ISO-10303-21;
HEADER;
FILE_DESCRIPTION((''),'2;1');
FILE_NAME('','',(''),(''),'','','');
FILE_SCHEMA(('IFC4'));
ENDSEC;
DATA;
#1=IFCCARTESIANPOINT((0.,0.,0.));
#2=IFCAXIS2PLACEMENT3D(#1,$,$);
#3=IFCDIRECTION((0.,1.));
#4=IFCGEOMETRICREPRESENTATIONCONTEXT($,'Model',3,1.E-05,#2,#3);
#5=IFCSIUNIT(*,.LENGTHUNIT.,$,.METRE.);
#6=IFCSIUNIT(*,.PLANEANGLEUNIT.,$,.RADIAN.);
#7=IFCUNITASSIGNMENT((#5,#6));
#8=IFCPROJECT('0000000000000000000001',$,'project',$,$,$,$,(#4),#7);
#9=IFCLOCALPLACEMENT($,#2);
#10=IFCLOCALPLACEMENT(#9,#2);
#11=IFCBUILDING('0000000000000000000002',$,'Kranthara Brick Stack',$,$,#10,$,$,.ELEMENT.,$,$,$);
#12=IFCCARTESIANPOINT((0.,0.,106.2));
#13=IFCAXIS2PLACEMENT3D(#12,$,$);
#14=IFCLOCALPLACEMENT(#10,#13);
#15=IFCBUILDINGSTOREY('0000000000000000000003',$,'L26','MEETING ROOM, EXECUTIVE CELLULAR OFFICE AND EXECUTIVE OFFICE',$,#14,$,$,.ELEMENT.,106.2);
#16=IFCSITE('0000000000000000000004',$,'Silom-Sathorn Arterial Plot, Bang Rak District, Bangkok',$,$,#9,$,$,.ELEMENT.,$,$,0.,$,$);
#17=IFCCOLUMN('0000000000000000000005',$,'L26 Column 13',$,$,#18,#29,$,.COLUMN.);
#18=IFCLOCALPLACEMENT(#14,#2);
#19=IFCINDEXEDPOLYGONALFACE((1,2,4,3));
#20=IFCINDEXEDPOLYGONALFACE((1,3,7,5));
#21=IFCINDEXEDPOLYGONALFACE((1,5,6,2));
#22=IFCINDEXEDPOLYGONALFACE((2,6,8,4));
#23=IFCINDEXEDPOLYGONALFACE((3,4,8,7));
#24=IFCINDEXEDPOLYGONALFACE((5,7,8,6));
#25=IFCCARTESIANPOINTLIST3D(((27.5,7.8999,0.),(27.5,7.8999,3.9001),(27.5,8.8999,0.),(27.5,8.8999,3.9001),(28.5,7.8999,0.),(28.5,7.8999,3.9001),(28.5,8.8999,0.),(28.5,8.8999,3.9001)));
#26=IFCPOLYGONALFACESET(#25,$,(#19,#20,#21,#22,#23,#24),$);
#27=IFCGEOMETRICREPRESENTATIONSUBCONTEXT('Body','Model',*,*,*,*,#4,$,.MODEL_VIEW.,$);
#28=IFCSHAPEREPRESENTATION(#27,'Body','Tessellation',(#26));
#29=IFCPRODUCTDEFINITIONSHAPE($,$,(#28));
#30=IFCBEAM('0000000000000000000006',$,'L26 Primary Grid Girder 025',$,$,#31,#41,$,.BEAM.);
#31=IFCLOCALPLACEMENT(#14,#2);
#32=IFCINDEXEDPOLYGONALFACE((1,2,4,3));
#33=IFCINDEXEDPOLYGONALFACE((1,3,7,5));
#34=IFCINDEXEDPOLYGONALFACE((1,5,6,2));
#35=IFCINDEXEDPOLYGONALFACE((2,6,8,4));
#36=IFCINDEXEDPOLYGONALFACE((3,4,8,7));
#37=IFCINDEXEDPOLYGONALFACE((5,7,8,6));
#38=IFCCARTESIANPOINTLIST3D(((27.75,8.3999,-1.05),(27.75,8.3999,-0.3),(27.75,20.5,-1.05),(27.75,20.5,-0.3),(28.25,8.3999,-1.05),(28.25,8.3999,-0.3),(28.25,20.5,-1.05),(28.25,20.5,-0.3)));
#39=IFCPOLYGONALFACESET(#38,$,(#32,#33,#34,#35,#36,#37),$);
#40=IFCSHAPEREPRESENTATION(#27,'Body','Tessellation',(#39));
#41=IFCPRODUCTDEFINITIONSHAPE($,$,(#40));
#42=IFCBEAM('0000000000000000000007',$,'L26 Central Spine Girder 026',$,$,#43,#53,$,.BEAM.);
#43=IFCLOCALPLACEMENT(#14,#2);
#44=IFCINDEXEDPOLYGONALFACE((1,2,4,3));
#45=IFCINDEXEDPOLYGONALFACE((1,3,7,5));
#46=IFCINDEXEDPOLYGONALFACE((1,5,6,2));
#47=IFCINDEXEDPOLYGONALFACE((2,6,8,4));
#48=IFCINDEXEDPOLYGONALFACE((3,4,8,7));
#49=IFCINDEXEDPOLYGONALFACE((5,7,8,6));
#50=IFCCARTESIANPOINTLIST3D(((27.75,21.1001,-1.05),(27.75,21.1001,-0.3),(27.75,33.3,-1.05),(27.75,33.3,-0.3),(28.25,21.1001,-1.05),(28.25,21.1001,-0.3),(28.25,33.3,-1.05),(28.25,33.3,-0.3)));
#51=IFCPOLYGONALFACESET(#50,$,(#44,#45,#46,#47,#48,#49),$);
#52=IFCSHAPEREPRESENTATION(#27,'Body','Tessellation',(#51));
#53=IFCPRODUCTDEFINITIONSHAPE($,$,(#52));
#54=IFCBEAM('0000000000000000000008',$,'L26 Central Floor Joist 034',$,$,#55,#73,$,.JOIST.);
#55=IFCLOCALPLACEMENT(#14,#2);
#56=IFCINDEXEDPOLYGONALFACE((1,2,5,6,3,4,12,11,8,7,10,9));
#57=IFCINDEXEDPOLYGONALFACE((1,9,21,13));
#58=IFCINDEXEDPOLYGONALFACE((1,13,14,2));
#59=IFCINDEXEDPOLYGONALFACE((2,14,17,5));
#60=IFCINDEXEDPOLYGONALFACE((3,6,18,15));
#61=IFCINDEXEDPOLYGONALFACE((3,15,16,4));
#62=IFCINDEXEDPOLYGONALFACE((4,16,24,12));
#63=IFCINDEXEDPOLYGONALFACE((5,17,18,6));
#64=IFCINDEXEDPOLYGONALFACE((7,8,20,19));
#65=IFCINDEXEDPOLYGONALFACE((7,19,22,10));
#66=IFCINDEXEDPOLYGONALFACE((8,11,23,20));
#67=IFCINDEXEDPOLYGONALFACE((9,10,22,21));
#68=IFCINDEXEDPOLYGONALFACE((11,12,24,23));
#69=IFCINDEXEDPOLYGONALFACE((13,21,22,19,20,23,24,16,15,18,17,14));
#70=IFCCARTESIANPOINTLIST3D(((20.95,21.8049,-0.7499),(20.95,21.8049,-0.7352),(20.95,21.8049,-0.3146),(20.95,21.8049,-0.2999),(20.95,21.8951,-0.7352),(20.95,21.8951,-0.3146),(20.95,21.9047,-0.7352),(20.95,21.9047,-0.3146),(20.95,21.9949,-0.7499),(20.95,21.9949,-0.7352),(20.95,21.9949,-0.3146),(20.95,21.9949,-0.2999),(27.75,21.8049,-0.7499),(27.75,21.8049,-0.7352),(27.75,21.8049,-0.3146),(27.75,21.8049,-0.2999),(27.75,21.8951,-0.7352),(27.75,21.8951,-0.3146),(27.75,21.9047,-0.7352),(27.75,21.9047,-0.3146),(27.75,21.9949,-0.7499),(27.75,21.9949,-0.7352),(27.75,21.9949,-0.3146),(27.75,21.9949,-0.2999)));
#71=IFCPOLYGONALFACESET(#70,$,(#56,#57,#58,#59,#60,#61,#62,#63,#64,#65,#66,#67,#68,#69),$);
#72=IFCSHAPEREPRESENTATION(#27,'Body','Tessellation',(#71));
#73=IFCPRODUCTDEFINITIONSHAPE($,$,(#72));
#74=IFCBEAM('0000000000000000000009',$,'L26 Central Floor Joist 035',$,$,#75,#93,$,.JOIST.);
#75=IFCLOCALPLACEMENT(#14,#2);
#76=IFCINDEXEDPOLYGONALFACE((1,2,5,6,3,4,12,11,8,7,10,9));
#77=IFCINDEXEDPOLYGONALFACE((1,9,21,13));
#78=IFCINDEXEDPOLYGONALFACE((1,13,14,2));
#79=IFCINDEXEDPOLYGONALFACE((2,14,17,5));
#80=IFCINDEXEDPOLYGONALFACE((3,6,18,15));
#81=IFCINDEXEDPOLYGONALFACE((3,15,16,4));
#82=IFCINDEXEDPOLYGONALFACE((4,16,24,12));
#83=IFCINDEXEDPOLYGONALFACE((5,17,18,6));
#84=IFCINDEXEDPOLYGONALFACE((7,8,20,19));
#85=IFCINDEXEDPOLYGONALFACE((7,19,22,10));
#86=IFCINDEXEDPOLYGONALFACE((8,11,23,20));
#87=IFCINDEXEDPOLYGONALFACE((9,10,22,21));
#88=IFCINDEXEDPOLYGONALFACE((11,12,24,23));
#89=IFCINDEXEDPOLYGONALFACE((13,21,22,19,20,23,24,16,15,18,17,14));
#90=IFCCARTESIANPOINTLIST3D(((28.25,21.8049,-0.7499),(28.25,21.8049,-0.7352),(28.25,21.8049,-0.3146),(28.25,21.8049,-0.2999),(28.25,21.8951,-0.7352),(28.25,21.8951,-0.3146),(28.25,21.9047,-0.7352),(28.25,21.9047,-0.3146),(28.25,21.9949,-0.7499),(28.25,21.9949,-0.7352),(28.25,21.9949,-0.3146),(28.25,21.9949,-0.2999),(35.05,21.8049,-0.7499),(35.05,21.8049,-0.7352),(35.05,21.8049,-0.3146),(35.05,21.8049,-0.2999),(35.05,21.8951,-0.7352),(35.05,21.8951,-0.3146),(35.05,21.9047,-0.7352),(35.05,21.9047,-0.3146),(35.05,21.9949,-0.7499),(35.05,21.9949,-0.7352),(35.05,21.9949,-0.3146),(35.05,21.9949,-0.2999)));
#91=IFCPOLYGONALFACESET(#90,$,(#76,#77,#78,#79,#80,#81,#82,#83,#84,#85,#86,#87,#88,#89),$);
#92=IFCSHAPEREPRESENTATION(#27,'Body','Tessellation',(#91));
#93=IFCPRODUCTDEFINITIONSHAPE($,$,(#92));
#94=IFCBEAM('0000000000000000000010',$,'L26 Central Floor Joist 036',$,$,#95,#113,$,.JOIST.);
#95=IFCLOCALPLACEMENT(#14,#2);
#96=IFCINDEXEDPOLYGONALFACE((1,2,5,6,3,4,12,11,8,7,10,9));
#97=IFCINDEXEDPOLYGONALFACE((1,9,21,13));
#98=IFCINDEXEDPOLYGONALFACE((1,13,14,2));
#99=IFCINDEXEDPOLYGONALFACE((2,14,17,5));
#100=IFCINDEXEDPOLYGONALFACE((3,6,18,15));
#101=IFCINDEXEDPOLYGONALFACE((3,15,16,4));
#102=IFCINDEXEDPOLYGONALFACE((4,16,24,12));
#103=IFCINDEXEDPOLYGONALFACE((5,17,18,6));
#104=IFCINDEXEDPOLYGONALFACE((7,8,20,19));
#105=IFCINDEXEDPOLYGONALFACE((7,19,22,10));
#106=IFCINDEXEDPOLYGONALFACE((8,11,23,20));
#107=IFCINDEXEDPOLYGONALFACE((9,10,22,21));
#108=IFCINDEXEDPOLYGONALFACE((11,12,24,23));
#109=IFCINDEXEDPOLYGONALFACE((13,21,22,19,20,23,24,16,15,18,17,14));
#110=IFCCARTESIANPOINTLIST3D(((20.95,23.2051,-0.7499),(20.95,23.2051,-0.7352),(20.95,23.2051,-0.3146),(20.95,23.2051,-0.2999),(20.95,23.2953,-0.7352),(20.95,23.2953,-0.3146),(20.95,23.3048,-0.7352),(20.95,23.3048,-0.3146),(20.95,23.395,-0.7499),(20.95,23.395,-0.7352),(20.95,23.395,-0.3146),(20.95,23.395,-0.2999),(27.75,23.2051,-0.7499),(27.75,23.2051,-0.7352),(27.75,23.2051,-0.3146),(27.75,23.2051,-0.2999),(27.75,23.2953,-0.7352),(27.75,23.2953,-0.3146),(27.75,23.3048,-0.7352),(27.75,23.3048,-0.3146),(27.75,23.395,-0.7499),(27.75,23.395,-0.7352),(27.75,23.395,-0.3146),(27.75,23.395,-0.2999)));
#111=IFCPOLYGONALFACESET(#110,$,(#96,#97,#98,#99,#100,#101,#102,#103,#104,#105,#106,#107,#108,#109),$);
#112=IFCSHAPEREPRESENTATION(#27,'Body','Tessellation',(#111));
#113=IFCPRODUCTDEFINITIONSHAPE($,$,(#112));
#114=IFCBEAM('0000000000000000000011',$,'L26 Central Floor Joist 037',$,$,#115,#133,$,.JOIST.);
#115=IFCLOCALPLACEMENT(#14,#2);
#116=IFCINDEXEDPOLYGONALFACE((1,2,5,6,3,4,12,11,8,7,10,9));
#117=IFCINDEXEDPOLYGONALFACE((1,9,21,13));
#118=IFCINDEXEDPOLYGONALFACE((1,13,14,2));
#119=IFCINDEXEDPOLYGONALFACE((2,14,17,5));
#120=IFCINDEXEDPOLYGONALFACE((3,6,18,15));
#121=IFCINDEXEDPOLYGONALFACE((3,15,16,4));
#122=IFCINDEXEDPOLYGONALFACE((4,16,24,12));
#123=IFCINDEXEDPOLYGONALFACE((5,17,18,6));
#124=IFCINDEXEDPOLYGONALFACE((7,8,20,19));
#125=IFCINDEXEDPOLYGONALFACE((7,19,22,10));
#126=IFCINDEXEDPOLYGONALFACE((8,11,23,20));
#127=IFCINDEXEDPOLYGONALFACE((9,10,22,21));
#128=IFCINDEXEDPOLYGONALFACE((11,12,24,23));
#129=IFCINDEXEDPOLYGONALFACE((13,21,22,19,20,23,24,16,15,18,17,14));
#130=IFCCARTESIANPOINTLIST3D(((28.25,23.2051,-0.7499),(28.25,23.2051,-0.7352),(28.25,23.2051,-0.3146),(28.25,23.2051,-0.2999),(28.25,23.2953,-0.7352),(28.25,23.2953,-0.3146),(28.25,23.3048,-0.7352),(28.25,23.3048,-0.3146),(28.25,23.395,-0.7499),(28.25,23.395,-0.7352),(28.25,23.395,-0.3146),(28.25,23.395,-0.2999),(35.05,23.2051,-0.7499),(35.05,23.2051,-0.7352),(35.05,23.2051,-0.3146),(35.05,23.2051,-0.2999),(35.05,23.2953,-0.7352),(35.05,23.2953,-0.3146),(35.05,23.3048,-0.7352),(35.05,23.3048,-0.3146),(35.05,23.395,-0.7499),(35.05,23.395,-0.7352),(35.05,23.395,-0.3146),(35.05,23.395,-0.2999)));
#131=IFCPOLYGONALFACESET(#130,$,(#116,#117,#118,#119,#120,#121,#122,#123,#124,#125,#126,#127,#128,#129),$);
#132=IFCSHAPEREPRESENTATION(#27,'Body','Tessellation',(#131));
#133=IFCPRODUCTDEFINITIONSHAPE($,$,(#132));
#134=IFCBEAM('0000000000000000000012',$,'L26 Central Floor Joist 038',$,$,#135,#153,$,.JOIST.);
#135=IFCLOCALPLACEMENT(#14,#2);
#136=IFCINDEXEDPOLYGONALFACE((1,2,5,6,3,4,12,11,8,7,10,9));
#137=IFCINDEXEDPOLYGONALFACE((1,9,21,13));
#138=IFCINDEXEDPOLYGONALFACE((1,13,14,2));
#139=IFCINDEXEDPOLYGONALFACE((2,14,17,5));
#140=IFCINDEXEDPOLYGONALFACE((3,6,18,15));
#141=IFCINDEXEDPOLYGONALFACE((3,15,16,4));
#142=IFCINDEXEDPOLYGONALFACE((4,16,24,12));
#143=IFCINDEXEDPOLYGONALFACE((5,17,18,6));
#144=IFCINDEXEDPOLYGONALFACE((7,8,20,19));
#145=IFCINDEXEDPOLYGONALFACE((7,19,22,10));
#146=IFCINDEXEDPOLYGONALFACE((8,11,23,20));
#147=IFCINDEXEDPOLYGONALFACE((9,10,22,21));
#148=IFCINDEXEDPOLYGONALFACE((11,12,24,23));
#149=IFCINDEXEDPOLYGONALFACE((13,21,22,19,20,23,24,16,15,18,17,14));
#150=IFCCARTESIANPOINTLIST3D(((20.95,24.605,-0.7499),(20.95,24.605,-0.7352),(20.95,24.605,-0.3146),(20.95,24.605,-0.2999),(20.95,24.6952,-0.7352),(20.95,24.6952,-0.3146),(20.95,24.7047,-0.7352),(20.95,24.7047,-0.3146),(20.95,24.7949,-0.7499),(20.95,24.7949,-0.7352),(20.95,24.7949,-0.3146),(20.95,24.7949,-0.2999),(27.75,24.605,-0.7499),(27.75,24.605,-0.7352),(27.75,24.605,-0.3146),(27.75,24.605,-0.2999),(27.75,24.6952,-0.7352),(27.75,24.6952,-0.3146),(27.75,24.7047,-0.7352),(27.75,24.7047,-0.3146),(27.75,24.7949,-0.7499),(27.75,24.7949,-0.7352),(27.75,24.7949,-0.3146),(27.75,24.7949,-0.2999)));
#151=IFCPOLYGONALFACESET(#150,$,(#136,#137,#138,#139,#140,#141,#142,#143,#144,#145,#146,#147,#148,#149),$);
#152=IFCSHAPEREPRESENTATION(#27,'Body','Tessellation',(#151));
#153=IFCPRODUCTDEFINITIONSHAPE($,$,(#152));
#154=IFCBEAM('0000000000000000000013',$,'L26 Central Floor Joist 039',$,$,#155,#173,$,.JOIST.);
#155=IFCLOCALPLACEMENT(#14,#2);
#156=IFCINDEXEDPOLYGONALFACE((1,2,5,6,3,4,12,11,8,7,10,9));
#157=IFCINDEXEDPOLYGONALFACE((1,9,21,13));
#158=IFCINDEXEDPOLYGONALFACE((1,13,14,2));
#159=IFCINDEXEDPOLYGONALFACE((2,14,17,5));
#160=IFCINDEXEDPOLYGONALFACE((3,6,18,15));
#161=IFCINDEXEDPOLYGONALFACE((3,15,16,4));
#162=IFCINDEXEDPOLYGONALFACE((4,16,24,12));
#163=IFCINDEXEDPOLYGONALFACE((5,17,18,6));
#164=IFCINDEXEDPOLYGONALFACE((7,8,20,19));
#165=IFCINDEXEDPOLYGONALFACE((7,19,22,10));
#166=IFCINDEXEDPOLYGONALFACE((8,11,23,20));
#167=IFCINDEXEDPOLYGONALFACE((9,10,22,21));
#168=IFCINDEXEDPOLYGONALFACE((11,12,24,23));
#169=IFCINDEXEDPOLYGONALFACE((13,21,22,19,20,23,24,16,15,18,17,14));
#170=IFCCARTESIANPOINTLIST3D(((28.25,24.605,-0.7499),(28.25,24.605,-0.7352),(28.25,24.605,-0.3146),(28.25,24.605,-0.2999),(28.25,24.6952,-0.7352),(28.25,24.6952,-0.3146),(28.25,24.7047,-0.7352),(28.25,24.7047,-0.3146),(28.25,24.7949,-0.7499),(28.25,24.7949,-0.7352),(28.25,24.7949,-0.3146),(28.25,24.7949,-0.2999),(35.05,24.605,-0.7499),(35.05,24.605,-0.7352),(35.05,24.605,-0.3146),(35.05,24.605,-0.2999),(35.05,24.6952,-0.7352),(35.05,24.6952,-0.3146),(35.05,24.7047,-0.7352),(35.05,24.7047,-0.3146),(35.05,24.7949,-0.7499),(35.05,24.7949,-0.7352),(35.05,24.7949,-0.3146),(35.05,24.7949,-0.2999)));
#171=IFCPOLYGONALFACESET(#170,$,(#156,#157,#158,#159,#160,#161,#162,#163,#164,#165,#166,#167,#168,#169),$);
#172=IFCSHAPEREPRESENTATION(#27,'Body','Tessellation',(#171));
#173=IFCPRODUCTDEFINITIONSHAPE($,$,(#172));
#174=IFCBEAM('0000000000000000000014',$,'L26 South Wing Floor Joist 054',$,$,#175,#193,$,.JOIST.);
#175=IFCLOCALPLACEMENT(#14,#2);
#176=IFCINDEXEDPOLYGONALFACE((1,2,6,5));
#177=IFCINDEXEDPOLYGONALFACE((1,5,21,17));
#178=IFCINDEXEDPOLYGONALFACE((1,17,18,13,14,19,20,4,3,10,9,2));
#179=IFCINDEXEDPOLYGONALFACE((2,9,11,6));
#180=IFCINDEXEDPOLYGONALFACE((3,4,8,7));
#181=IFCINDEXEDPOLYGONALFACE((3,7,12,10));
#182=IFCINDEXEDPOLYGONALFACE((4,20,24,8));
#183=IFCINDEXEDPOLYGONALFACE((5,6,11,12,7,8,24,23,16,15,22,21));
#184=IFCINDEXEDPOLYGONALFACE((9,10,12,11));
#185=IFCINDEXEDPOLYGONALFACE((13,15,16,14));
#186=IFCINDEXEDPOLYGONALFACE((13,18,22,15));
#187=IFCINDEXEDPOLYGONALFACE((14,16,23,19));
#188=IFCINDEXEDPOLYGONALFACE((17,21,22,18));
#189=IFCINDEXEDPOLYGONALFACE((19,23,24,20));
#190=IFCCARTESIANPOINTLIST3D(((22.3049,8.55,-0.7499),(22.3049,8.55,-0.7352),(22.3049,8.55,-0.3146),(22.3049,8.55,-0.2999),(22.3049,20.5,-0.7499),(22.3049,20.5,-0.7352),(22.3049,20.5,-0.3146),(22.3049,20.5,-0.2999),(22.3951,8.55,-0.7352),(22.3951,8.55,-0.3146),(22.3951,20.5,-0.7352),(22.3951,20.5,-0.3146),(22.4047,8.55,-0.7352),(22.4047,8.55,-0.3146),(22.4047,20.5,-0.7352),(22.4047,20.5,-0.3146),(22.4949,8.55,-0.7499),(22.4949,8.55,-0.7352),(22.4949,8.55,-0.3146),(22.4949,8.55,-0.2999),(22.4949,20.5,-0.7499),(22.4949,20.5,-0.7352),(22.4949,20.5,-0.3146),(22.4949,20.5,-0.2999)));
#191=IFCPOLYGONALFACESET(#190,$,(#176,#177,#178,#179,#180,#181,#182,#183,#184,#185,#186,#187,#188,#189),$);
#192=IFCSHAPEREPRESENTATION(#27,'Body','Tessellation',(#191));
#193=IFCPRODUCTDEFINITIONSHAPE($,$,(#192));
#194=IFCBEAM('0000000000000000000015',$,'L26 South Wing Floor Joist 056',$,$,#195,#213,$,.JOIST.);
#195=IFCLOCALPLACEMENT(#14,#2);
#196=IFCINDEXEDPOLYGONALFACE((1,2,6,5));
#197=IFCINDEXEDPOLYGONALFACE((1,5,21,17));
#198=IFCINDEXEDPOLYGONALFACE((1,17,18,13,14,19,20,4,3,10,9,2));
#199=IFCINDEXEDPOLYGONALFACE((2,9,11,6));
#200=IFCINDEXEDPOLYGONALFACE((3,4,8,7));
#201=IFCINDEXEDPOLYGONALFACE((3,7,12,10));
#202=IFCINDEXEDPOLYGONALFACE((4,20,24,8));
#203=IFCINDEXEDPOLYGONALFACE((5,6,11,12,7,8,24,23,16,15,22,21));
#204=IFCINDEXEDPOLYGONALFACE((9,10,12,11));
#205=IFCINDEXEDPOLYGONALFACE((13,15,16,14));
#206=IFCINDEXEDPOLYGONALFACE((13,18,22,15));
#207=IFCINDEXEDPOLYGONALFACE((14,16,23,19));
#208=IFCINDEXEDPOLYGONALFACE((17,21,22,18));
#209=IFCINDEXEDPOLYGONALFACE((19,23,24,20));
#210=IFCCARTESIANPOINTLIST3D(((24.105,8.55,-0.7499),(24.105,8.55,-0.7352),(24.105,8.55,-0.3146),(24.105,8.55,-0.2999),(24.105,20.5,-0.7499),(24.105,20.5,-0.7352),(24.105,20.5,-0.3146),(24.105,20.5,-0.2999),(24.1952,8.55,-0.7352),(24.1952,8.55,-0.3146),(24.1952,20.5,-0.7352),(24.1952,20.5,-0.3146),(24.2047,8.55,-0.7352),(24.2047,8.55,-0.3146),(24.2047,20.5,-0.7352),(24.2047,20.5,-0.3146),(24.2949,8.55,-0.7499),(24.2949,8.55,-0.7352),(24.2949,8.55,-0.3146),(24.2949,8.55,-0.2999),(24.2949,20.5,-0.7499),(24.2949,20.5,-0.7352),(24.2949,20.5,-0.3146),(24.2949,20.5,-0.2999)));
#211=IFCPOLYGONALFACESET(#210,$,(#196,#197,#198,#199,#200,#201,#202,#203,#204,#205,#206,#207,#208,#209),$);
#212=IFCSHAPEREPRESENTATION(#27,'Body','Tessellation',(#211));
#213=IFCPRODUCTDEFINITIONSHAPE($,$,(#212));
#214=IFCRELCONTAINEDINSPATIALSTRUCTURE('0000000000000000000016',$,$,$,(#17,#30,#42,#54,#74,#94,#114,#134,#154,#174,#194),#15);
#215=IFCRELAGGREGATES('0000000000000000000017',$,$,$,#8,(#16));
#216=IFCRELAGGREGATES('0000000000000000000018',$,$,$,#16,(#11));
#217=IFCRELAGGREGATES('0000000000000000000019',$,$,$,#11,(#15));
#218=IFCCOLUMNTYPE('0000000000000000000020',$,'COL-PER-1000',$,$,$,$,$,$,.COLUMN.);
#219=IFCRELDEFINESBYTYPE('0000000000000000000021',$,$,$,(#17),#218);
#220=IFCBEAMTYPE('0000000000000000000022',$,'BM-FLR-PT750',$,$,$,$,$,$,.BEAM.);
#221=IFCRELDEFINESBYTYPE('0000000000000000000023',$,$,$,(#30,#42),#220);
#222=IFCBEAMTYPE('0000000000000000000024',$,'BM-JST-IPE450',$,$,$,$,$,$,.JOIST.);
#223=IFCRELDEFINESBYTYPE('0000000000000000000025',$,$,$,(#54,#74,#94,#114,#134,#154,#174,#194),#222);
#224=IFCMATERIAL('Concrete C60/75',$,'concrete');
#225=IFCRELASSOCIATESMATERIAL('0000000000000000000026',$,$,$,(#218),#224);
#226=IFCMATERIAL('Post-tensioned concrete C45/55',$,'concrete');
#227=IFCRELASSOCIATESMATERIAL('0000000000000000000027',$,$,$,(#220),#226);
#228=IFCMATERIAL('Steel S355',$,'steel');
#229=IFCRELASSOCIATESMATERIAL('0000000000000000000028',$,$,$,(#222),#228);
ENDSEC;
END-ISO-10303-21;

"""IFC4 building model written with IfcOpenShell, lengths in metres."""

from ifc_helpers import new_model, si_unit, direction, frame, origin, origin_2d, place, context, subcontext, project, spatial, rectangle, i_section, extrude, material, material_profile, profile_set, type_object, element, save


model = new_model("IFC4")

# Units and contexts
model_context = context("Model", 3, precision=1e-05, world=origin(), true_north=direction((0.0, 1.0)))
body_context = subcontext(model_context, "Body", "Model", "MODEL_VIEW")
ifc_project = project(units=[si_unit("LENGTHUNIT", "METRE"), si_unit("PLANEANGLEUNIT", "RADIAN")], contexts=[model_context])

# Site, building, storey
site_placement = place(None, origin())
site = spatial("IfcSite", under=ifc_project, at=site_placement, Name="Silom-Sathorn Arterial Plot, Bang Rak District, Bangkok", CompositionType="ELEMENT", RefElevation=0.0)
building_placement = place(site_placement, origin())
building = spatial("IfcBuilding", under=site, at=building_placement, Name="Kranthara Brick Stack", CompositionType="ELEMENT")
storey_placement = place(building_placement, frame((0.0, 0.0, 106.2)))
storey = spatial("IfcBuildingStorey", under=building, at=storey_placement, Name="L26", Description="MEETING ROOM, EXECUTIVE CELLULAR OFFICE AND EXECUTIVE OFFICE", CompositionType="ELEMENT", Elevation=106.2)

# Column
ifc_material_1 = material(Name="Concrete C60/75", Category="concrete")
ifc_material_profile_1 = material_profile(ifc_material_1, rectangle(XDim=1.0, YDim=1.0, at=origin_2d()), Name="RC 1000x1000")
ifc_profile_set_1 = profile_set([ifc_material_profile_1], Name="Concrete C60/75")
column_type = type_object("IfcColumnType", Name="COL-PER-1000", PredefinedType="COLUMN", material=ifc_profile_set_1)
column_placement = place(storey_placement, frame((28.0, 8.3999, 0.0), z_axis=(0.0, 0.0, 1.0), x_axis=(1.0, 0.0, 0.0)))
element("IfcColumn", 1, at=column_placement, inside=storey, type_object=column_type, Name="L26 Column 13", PredefinedType="COLUMN", context=body_context, shape_type="SweptSolid", body=[
    extrude(rectangle(XDim=1.0, YDim=1.0, at=origin_2d()), origin(), (0.0, 0.0, 1.0), 3.9001),
])

# Beams
ifc_material_2 = material(Name="Post-tensioned concrete C45/55", Category="concrete")
ifc_material_profile_2 = material_profile(ifc_material_2, rectangle(XDim=0.5, YDim=0.75, at=origin_2d()), Name="PT 500x750")
ifc_profile_set_2 = profile_set([ifc_material_profile_2], Name="Post-tensioned concrete C45/55")
beam_type_1 = type_object("IfcBeamType", Name="BM-FLR-PT750", PredefinedType="BEAM", material=ifc_profile_set_2)
beam_1_placement = place(storey_placement, frame((28.0, 8.3999, -0.675), z_axis=(0.0, 1.0, 0.0), x_axis=(-1.0, 0.0, 0.0)))
element("IfcBeam", 2, at=beam_1_placement, inside=storey, type_object=beam_type_1, Name="L26 Primary Grid Girder 025", PredefinedType="BEAM", context=body_context, shape_type="SweptSolid", body=[
    extrude(rectangle(XDim=0.5, YDim=0.75, at=origin_2d()), origin(), (0.0, 0.0, 1.0), 12.1001),
])
beam_2_placement = place(storey_placement, frame((28.0, 21.1001, -0.675), z_axis=(0.0, 1.0, 0.0), x_axis=(-1.0, 0.0, 0.0)))
element("IfcBeam", 3, at=beam_2_placement, inside=storey, type_object=beam_type_1, Name="L26 Central Spine Girder 026", PredefinedType="BEAM", context=body_context, shape_type="SweptSolid", body=[
    extrude(rectangle(XDim=0.5, YDim=0.75, at=origin_2d()), origin(), (0.0, 0.0, 1.0), 12.2),
])
ifc_material_3 = material(Name="Steel S355", Category="steel")
ifc_material_profile_3 = material_profile(ifc_material_3, i_section(OverallWidth=0.1899, OverallDepth=0.45, WebThickness=0.0095, FlangeThickness=0.0146, at=origin_2d()), Name="IPE 450")
ifc_profile_set_3 = profile_set([ifc_material_profile_3], Name="Steel S355")
beam_type_2 = type_object("IfcBeamType", Name="BM-JST-IPE450", PredefinedType="JOIST", material=ifc_profile_set_3)
for number, where, z_axis, x_axis, name in (
    (4, (20.95, 21.8999, -0.5249), (1.0, 0.0, 0.0), (0.0, 1.0, 0.0), "L26 Central Floor Joist 034"),
    (5, (28.25, 21.8999, -0.5249), (1.0, 0.0, 0.0), (0.0, 1.0, 0.0), "L26 Central Floor Joist 035"),
    (6, (20.95, 23.3, -0.5249), (1.0, 0.0, 0.0), (0.0, 1.0, 0.0), "L26 Central Floor Joist 036"),
    (7, (28.25, 23.3, -0.5249), (1.0, 0.0, 0.0), (0.0, 1.0, 0.0), "L26 Central Floor Joist 037"),
    (8, (20.95, 24.7, -0.5249), (1.0, 0.0, 0.0), (0.0, 1.0, 0.0), "L26 Central Floor Joist 038"),
    (9, (28.25, 24.7, -0.5249), (1.0, 0.0, 0.0), (0.0, 1.0, 0.0), "L26 Central Floor Joist 039"),
):
    element("IfcBeam", number, at=place(storey_placement, frame(where, z_axis=z_axis, x_axis=x_axis)), inside=storey, type_object=beam_type_2, Name=name, PredefinedType="JOIST", context=body_context, shape_type="SweptSolid", body=[
        extrude(i_section(OverallWidth=0.1899, OverallDepth=0.45, WebThickness=0.0095, FlangeThickness=0.0146, at=origin_2d()), origin(), (0.0, 0.0, 1.0), 6.8),
    ])
for number, where, z_axis, x_axis, name in (
    (10, (22.3999, 8.55, -0.5249), (0.0, 1.0, 0.0), (-1.0, 0.0, 0.0), "L26 South Wing Floor Joist 054"),
    (11, (24.2, 8.55, -0.5249), (0.0, 1.0, 0.0), (-1.0, 0.0, 0.0), "L26 South Wing Floor Joist 056"),
):
    element("IfcBeam", number, at=place(storey_placement, frame(where, z_axis=z_axis, x_axis=x_axis)), inside=storey, type_object=beam_type_2, Name=name, PredefinedType="JOIST", context=body_context, shape_type="SweptSolid", body=[
        extrude(i_section(OverallWidth=0.1899, OverallDepth=0.45, WebThickness=0.0095, FlangeThickness=0.0146, at=origin_2d()), origin(), (0.0, 0.0, 1.0), 11.95),
    ])

save(model, "model.ifc")
